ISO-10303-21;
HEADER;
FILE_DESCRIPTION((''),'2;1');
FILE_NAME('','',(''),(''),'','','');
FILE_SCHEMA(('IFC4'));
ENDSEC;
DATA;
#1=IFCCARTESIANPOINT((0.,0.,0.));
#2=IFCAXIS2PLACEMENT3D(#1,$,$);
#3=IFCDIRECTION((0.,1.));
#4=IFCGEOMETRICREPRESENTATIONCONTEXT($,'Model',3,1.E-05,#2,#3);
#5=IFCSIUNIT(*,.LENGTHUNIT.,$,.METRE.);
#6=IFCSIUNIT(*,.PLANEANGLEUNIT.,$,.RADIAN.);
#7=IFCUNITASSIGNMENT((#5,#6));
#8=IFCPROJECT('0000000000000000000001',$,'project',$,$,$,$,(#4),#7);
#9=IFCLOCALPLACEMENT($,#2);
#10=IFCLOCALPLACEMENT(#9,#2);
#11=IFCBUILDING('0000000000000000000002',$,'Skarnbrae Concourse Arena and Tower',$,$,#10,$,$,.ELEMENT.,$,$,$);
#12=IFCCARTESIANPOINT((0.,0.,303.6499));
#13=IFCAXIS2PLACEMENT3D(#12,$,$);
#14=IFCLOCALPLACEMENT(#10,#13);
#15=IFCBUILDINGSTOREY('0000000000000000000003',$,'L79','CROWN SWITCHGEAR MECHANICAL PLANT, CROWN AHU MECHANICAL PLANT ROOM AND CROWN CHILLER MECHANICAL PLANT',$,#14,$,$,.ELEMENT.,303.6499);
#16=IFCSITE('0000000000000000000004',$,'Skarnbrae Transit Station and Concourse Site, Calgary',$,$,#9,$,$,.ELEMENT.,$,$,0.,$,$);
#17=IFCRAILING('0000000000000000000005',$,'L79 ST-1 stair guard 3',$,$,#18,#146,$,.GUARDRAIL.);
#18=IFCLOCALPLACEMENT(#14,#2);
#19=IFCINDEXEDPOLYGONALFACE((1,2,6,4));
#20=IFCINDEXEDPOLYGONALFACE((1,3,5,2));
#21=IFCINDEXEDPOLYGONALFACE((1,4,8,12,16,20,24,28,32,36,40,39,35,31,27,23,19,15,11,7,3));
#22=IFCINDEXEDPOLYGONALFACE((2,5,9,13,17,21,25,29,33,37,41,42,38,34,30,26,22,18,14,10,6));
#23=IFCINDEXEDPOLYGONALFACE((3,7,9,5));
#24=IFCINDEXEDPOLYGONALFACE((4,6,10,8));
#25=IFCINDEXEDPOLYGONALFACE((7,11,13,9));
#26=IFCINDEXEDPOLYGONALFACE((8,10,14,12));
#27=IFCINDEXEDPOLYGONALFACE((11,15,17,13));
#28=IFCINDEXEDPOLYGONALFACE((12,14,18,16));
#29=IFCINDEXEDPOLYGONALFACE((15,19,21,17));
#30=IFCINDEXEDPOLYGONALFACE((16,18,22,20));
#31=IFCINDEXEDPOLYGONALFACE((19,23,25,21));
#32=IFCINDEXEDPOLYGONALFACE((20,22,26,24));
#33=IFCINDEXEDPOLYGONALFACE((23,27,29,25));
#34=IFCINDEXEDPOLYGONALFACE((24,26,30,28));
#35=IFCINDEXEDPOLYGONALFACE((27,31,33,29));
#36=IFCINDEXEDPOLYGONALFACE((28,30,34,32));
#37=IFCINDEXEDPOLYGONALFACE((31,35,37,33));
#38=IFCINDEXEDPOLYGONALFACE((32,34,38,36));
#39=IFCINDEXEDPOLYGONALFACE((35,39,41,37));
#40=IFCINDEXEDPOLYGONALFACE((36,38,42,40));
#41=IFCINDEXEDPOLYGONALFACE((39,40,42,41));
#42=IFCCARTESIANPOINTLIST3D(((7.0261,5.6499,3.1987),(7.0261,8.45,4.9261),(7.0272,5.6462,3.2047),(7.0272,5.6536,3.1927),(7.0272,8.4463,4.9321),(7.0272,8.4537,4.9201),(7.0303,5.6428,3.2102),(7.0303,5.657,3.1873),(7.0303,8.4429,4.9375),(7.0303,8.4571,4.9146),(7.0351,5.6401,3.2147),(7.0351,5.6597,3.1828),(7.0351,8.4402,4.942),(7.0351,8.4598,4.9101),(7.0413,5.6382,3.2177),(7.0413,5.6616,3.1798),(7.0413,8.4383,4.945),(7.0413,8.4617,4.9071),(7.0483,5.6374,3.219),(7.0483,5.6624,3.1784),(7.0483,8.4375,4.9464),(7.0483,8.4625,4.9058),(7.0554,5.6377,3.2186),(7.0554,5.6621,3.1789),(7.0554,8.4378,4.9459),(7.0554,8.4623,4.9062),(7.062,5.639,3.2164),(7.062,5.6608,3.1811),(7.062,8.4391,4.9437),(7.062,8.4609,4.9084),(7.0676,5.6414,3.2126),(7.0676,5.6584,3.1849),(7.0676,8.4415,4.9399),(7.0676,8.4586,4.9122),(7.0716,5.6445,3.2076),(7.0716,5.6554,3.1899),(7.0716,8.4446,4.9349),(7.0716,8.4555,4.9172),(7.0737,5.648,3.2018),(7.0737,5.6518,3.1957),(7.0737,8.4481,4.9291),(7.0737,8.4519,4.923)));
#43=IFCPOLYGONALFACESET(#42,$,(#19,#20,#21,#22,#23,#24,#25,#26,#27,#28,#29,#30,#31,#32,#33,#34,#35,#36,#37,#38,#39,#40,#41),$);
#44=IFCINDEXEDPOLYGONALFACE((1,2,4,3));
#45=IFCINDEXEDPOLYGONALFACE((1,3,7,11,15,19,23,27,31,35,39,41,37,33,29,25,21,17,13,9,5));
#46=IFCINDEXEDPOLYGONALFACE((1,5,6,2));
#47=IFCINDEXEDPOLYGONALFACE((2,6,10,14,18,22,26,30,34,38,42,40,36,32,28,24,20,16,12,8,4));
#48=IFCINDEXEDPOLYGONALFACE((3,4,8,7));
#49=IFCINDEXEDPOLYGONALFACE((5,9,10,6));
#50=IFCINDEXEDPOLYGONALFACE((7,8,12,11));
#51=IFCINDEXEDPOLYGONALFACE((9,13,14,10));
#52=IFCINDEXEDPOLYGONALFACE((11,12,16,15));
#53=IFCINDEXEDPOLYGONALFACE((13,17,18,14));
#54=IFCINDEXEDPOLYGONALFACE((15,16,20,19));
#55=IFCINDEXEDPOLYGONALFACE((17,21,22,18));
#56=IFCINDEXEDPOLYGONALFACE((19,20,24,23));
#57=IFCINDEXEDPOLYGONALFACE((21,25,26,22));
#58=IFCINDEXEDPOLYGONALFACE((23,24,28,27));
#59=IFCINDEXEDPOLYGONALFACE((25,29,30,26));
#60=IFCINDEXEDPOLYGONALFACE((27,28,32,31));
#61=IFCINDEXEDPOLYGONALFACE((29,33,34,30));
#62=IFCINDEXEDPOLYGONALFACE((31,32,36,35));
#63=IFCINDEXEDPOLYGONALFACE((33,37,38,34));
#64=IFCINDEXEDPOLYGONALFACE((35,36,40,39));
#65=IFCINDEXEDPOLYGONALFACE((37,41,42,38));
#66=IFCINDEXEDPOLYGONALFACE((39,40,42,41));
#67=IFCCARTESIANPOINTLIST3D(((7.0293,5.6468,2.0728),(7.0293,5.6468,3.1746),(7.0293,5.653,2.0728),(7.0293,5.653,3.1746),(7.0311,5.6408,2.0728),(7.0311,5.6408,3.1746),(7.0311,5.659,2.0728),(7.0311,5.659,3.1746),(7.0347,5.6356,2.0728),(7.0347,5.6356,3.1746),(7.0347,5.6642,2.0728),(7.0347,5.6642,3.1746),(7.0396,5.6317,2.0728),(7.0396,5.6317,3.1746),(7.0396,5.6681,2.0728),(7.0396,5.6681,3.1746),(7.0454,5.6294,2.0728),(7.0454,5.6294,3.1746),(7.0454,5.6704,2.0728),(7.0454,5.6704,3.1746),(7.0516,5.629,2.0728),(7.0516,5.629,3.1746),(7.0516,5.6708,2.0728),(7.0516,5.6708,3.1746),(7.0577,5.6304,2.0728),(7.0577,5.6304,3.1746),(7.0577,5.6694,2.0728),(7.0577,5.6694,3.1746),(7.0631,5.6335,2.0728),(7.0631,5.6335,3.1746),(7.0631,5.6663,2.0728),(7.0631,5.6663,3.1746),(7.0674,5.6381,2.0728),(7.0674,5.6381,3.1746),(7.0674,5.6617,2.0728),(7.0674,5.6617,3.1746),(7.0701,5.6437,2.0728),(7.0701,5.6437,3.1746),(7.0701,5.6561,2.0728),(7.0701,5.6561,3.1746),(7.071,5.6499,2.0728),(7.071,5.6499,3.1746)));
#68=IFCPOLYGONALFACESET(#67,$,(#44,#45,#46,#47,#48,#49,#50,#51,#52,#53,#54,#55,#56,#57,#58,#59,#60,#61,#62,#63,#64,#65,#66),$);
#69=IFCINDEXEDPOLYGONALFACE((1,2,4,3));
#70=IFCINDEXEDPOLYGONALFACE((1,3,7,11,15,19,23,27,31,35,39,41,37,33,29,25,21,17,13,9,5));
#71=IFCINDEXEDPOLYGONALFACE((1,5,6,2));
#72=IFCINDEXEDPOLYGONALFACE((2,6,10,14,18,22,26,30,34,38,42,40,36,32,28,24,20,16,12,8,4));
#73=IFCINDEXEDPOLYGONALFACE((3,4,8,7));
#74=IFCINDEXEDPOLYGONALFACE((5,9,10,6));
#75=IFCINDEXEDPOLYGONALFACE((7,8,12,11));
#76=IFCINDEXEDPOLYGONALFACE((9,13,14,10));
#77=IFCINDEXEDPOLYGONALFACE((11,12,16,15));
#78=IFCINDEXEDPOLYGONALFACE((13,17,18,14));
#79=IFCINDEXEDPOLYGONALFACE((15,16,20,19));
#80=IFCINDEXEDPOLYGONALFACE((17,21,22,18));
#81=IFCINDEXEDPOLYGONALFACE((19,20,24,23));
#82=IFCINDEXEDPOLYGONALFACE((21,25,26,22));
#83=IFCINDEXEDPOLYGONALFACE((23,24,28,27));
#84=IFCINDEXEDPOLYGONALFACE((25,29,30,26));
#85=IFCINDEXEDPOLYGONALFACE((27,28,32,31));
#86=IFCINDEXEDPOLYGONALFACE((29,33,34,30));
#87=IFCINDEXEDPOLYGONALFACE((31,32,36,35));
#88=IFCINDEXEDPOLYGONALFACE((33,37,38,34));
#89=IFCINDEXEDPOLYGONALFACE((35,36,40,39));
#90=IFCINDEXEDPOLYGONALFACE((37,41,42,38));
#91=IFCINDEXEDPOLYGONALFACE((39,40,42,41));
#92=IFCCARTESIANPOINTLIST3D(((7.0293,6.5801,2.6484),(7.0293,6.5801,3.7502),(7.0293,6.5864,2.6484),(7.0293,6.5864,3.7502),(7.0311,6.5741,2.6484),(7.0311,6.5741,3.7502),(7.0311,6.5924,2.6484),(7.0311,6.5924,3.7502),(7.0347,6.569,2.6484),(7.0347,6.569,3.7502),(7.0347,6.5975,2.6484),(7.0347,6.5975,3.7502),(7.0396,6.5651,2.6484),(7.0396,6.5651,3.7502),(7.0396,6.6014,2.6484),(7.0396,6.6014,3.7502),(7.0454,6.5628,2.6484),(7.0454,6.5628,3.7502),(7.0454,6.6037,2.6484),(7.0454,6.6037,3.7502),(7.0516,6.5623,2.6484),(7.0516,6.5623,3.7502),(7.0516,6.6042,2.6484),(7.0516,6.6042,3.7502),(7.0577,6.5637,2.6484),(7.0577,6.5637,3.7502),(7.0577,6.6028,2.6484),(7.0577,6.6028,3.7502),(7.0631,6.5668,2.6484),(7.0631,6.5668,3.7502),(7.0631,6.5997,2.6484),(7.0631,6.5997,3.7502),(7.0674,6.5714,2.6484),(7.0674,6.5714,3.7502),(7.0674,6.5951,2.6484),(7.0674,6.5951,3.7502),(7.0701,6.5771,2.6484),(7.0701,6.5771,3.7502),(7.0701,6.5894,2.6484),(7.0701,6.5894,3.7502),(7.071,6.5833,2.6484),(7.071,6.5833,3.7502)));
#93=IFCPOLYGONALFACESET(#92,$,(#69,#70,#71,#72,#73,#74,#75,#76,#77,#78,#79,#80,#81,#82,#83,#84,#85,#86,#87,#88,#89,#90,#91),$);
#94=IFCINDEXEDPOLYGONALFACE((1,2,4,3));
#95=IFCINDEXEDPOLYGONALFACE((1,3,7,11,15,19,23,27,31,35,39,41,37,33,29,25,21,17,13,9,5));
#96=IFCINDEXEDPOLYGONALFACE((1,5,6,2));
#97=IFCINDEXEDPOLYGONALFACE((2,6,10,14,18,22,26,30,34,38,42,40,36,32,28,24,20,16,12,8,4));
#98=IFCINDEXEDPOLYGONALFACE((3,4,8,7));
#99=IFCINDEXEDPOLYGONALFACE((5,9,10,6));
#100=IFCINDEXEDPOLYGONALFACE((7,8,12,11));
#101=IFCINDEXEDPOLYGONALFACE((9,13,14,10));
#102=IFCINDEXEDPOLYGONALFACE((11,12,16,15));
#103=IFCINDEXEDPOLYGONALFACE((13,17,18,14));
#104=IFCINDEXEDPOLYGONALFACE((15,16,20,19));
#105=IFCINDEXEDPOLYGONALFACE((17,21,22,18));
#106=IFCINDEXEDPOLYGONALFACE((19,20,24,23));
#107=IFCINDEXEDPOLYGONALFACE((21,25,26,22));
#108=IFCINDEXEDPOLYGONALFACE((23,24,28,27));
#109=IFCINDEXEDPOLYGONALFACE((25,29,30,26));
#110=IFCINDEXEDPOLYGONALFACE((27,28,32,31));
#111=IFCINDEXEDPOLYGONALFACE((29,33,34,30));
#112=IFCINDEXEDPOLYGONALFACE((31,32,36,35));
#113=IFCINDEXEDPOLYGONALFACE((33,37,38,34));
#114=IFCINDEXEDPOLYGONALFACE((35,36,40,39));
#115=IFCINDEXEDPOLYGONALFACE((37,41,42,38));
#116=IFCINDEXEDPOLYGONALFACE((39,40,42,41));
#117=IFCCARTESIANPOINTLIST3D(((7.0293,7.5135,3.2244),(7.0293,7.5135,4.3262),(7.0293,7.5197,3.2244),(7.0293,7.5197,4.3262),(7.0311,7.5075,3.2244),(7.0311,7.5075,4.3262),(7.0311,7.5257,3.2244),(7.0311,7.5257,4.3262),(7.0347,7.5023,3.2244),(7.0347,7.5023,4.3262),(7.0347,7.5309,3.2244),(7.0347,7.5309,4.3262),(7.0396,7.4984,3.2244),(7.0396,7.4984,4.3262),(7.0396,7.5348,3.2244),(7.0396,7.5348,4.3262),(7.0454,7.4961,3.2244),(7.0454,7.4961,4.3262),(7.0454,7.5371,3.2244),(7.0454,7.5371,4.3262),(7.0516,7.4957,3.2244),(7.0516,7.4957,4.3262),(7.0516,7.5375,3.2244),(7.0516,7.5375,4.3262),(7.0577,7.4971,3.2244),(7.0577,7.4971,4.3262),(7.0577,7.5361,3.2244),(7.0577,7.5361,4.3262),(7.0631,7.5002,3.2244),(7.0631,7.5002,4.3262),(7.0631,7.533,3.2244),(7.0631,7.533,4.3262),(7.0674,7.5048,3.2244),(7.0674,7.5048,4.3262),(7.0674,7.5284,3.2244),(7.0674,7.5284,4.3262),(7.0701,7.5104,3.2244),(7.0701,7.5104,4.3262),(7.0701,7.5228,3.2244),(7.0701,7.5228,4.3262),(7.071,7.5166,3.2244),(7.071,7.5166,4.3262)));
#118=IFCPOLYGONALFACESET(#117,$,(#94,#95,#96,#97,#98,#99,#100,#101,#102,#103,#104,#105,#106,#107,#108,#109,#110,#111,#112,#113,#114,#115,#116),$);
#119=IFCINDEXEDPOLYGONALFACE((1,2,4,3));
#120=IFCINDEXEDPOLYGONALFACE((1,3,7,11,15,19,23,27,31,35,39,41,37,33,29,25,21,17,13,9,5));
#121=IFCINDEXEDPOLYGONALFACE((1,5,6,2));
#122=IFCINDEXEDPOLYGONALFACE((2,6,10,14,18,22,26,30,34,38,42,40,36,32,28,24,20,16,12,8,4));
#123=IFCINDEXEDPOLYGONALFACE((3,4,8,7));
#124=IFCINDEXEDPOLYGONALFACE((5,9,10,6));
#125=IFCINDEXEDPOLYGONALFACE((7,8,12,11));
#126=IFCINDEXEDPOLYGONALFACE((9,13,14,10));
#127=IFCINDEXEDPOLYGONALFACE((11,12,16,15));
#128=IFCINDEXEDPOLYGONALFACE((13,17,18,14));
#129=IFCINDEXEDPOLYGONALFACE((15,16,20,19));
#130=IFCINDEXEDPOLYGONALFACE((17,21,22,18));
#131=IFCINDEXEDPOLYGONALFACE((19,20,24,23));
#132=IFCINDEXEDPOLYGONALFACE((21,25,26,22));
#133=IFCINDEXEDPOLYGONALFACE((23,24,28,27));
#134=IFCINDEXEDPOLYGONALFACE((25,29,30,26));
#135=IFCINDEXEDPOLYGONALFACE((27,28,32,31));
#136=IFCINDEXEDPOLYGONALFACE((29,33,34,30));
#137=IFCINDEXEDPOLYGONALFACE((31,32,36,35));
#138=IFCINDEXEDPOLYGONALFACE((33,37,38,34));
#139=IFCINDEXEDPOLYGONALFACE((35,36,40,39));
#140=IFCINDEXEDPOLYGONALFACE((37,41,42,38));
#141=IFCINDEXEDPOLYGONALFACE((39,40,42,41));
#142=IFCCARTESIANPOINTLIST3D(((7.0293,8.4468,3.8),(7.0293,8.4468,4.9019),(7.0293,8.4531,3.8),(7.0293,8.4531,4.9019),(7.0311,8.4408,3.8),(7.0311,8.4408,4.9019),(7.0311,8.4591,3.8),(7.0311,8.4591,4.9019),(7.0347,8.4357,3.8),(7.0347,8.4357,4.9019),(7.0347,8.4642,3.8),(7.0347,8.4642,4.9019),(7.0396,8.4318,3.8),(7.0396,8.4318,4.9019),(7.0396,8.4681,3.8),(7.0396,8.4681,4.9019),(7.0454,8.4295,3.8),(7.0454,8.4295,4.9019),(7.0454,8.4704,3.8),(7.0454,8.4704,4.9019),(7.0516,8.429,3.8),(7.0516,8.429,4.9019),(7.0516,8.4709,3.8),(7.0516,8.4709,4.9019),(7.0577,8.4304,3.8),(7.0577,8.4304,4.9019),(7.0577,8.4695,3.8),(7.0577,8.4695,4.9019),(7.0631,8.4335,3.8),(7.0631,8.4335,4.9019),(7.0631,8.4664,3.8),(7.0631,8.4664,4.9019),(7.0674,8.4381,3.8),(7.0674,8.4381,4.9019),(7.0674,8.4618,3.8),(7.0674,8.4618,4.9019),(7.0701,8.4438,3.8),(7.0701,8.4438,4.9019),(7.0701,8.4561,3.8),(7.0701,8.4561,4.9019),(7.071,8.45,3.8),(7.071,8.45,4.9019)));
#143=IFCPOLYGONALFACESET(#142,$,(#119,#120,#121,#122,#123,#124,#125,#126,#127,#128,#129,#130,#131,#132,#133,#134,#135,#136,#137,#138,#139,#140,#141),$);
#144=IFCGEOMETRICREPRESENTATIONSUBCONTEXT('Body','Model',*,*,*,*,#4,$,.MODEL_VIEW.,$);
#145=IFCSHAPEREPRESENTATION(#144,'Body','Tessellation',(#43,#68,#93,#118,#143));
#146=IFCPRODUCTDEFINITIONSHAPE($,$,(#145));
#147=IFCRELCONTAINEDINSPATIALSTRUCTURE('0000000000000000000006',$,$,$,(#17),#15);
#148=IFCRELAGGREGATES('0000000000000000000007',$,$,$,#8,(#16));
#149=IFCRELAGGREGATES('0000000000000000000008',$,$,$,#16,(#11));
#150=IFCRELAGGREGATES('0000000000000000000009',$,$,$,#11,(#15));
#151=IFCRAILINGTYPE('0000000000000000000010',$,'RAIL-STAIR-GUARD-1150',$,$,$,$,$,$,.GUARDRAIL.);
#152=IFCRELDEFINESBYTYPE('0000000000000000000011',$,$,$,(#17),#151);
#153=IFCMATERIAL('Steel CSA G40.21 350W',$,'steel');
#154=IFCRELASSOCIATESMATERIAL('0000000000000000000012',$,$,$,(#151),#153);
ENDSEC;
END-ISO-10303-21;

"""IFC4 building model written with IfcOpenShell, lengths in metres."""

from ifc_helpers import new_model, si_unit, direction, frame, origin, origin_2d, place, context, subcontext, project, spatial, circle, extrude, material, type_object, element, save


model = new_model("IFC4")

# Units and contexts
model_context = context("Model", 3, precision=1e-05, world=origin(), true_north=direction((0.0, 1.0)))
body_context = subcontext(model_context, "Body", "Model", "MODEL_VIEW")
ifc_project = project(units=[si_unit("LENGTHUNIT", "METRE"), si_unit("PLANEANGLEUNIT", "RADIAN")], contexts=[model_context])

# Site, building, storey
site_placement = place(None, origin())
site = spatial("IfcSite", under=ifc_project, at=site_placement, Name="Skarnbrae Transit Station and Concourse Site, Calgary", CompositionType="ELEMENT", RefElevation=0.0)
building_placement = place(site_placement, origin())
building = spatial("IfcBuilding", under=site, at=building_placement, Name="Skarnbrae Concourse Arena and Tower", CompositionType="ELEMENT")
storey_placement = place(building_placement, frame((0.0, 0.0, 303.6499)))
storey = spatial("IfcBuildingStorey", under=building, at=storey_placement, Name="L79", Description="CROWN SWITCHGEAR MECHANICAL PLANT, CROWN AHU MECHANICAL PLANT ROOM AND CROWN CHILLER MECHANICAL PLANT", CompositionType="ELEMENT", Elevation=303.6499)

# Shared definitions
ifc_material_1 = material(Name="Steel CSA G40.21 350W", Category="steel")

# Railing
railing_type_1 = type_object("IfcRailingType", Name="RAIL-STAIR-GUARD-1150", PredefinedType="GUARDRAIL", material=ifc_material_1)
railing_1_placement = place(storey_placement, frame((7.05, 5.6499, 2.0728)))
element("IfcRailing", 1, at=railing_1_placement, inside=storey, type_object=railing_type_1, Name="L79 ST-1 stair guard 3", PredefinedType="GUARDRAIL", context=body_context, shape_type="SweptSolid", body=[
    extrude(circle(Radius=0.0239, at=origin_2d()), frame((0.0, 0.0, 1.126), z_axis=(0.0, 0.85109, 0.52502), x_axis=(-1.0, 0.0, 0.0)), (0.0, 0.0, 1.0), 3.29),
    extrude(circle(Radius=0.021, at=origin_2d()), origin(), (0.0, 0.0, 1.0), 1.1018),
    extrude(circle(Radius=0.021, at=origin_2d()), frame((0.0, 0.9333, 0.5757)), (0.0, 0.0, 1.0), 1.1018),
    extrude(circle(Radius=0.021, at=origin_2d()), frame((0.0, 1.8667, 1.1516)), (0.0, 0.0, 1.0), 1.1018),
    extrude(circle(Radius=0.021, at=origin_2d()), frame((0.0, 2.8, 1.7273)), (0.0, 0.0, 1.0), 1.1018),
])

save(model, "model.ifc")
